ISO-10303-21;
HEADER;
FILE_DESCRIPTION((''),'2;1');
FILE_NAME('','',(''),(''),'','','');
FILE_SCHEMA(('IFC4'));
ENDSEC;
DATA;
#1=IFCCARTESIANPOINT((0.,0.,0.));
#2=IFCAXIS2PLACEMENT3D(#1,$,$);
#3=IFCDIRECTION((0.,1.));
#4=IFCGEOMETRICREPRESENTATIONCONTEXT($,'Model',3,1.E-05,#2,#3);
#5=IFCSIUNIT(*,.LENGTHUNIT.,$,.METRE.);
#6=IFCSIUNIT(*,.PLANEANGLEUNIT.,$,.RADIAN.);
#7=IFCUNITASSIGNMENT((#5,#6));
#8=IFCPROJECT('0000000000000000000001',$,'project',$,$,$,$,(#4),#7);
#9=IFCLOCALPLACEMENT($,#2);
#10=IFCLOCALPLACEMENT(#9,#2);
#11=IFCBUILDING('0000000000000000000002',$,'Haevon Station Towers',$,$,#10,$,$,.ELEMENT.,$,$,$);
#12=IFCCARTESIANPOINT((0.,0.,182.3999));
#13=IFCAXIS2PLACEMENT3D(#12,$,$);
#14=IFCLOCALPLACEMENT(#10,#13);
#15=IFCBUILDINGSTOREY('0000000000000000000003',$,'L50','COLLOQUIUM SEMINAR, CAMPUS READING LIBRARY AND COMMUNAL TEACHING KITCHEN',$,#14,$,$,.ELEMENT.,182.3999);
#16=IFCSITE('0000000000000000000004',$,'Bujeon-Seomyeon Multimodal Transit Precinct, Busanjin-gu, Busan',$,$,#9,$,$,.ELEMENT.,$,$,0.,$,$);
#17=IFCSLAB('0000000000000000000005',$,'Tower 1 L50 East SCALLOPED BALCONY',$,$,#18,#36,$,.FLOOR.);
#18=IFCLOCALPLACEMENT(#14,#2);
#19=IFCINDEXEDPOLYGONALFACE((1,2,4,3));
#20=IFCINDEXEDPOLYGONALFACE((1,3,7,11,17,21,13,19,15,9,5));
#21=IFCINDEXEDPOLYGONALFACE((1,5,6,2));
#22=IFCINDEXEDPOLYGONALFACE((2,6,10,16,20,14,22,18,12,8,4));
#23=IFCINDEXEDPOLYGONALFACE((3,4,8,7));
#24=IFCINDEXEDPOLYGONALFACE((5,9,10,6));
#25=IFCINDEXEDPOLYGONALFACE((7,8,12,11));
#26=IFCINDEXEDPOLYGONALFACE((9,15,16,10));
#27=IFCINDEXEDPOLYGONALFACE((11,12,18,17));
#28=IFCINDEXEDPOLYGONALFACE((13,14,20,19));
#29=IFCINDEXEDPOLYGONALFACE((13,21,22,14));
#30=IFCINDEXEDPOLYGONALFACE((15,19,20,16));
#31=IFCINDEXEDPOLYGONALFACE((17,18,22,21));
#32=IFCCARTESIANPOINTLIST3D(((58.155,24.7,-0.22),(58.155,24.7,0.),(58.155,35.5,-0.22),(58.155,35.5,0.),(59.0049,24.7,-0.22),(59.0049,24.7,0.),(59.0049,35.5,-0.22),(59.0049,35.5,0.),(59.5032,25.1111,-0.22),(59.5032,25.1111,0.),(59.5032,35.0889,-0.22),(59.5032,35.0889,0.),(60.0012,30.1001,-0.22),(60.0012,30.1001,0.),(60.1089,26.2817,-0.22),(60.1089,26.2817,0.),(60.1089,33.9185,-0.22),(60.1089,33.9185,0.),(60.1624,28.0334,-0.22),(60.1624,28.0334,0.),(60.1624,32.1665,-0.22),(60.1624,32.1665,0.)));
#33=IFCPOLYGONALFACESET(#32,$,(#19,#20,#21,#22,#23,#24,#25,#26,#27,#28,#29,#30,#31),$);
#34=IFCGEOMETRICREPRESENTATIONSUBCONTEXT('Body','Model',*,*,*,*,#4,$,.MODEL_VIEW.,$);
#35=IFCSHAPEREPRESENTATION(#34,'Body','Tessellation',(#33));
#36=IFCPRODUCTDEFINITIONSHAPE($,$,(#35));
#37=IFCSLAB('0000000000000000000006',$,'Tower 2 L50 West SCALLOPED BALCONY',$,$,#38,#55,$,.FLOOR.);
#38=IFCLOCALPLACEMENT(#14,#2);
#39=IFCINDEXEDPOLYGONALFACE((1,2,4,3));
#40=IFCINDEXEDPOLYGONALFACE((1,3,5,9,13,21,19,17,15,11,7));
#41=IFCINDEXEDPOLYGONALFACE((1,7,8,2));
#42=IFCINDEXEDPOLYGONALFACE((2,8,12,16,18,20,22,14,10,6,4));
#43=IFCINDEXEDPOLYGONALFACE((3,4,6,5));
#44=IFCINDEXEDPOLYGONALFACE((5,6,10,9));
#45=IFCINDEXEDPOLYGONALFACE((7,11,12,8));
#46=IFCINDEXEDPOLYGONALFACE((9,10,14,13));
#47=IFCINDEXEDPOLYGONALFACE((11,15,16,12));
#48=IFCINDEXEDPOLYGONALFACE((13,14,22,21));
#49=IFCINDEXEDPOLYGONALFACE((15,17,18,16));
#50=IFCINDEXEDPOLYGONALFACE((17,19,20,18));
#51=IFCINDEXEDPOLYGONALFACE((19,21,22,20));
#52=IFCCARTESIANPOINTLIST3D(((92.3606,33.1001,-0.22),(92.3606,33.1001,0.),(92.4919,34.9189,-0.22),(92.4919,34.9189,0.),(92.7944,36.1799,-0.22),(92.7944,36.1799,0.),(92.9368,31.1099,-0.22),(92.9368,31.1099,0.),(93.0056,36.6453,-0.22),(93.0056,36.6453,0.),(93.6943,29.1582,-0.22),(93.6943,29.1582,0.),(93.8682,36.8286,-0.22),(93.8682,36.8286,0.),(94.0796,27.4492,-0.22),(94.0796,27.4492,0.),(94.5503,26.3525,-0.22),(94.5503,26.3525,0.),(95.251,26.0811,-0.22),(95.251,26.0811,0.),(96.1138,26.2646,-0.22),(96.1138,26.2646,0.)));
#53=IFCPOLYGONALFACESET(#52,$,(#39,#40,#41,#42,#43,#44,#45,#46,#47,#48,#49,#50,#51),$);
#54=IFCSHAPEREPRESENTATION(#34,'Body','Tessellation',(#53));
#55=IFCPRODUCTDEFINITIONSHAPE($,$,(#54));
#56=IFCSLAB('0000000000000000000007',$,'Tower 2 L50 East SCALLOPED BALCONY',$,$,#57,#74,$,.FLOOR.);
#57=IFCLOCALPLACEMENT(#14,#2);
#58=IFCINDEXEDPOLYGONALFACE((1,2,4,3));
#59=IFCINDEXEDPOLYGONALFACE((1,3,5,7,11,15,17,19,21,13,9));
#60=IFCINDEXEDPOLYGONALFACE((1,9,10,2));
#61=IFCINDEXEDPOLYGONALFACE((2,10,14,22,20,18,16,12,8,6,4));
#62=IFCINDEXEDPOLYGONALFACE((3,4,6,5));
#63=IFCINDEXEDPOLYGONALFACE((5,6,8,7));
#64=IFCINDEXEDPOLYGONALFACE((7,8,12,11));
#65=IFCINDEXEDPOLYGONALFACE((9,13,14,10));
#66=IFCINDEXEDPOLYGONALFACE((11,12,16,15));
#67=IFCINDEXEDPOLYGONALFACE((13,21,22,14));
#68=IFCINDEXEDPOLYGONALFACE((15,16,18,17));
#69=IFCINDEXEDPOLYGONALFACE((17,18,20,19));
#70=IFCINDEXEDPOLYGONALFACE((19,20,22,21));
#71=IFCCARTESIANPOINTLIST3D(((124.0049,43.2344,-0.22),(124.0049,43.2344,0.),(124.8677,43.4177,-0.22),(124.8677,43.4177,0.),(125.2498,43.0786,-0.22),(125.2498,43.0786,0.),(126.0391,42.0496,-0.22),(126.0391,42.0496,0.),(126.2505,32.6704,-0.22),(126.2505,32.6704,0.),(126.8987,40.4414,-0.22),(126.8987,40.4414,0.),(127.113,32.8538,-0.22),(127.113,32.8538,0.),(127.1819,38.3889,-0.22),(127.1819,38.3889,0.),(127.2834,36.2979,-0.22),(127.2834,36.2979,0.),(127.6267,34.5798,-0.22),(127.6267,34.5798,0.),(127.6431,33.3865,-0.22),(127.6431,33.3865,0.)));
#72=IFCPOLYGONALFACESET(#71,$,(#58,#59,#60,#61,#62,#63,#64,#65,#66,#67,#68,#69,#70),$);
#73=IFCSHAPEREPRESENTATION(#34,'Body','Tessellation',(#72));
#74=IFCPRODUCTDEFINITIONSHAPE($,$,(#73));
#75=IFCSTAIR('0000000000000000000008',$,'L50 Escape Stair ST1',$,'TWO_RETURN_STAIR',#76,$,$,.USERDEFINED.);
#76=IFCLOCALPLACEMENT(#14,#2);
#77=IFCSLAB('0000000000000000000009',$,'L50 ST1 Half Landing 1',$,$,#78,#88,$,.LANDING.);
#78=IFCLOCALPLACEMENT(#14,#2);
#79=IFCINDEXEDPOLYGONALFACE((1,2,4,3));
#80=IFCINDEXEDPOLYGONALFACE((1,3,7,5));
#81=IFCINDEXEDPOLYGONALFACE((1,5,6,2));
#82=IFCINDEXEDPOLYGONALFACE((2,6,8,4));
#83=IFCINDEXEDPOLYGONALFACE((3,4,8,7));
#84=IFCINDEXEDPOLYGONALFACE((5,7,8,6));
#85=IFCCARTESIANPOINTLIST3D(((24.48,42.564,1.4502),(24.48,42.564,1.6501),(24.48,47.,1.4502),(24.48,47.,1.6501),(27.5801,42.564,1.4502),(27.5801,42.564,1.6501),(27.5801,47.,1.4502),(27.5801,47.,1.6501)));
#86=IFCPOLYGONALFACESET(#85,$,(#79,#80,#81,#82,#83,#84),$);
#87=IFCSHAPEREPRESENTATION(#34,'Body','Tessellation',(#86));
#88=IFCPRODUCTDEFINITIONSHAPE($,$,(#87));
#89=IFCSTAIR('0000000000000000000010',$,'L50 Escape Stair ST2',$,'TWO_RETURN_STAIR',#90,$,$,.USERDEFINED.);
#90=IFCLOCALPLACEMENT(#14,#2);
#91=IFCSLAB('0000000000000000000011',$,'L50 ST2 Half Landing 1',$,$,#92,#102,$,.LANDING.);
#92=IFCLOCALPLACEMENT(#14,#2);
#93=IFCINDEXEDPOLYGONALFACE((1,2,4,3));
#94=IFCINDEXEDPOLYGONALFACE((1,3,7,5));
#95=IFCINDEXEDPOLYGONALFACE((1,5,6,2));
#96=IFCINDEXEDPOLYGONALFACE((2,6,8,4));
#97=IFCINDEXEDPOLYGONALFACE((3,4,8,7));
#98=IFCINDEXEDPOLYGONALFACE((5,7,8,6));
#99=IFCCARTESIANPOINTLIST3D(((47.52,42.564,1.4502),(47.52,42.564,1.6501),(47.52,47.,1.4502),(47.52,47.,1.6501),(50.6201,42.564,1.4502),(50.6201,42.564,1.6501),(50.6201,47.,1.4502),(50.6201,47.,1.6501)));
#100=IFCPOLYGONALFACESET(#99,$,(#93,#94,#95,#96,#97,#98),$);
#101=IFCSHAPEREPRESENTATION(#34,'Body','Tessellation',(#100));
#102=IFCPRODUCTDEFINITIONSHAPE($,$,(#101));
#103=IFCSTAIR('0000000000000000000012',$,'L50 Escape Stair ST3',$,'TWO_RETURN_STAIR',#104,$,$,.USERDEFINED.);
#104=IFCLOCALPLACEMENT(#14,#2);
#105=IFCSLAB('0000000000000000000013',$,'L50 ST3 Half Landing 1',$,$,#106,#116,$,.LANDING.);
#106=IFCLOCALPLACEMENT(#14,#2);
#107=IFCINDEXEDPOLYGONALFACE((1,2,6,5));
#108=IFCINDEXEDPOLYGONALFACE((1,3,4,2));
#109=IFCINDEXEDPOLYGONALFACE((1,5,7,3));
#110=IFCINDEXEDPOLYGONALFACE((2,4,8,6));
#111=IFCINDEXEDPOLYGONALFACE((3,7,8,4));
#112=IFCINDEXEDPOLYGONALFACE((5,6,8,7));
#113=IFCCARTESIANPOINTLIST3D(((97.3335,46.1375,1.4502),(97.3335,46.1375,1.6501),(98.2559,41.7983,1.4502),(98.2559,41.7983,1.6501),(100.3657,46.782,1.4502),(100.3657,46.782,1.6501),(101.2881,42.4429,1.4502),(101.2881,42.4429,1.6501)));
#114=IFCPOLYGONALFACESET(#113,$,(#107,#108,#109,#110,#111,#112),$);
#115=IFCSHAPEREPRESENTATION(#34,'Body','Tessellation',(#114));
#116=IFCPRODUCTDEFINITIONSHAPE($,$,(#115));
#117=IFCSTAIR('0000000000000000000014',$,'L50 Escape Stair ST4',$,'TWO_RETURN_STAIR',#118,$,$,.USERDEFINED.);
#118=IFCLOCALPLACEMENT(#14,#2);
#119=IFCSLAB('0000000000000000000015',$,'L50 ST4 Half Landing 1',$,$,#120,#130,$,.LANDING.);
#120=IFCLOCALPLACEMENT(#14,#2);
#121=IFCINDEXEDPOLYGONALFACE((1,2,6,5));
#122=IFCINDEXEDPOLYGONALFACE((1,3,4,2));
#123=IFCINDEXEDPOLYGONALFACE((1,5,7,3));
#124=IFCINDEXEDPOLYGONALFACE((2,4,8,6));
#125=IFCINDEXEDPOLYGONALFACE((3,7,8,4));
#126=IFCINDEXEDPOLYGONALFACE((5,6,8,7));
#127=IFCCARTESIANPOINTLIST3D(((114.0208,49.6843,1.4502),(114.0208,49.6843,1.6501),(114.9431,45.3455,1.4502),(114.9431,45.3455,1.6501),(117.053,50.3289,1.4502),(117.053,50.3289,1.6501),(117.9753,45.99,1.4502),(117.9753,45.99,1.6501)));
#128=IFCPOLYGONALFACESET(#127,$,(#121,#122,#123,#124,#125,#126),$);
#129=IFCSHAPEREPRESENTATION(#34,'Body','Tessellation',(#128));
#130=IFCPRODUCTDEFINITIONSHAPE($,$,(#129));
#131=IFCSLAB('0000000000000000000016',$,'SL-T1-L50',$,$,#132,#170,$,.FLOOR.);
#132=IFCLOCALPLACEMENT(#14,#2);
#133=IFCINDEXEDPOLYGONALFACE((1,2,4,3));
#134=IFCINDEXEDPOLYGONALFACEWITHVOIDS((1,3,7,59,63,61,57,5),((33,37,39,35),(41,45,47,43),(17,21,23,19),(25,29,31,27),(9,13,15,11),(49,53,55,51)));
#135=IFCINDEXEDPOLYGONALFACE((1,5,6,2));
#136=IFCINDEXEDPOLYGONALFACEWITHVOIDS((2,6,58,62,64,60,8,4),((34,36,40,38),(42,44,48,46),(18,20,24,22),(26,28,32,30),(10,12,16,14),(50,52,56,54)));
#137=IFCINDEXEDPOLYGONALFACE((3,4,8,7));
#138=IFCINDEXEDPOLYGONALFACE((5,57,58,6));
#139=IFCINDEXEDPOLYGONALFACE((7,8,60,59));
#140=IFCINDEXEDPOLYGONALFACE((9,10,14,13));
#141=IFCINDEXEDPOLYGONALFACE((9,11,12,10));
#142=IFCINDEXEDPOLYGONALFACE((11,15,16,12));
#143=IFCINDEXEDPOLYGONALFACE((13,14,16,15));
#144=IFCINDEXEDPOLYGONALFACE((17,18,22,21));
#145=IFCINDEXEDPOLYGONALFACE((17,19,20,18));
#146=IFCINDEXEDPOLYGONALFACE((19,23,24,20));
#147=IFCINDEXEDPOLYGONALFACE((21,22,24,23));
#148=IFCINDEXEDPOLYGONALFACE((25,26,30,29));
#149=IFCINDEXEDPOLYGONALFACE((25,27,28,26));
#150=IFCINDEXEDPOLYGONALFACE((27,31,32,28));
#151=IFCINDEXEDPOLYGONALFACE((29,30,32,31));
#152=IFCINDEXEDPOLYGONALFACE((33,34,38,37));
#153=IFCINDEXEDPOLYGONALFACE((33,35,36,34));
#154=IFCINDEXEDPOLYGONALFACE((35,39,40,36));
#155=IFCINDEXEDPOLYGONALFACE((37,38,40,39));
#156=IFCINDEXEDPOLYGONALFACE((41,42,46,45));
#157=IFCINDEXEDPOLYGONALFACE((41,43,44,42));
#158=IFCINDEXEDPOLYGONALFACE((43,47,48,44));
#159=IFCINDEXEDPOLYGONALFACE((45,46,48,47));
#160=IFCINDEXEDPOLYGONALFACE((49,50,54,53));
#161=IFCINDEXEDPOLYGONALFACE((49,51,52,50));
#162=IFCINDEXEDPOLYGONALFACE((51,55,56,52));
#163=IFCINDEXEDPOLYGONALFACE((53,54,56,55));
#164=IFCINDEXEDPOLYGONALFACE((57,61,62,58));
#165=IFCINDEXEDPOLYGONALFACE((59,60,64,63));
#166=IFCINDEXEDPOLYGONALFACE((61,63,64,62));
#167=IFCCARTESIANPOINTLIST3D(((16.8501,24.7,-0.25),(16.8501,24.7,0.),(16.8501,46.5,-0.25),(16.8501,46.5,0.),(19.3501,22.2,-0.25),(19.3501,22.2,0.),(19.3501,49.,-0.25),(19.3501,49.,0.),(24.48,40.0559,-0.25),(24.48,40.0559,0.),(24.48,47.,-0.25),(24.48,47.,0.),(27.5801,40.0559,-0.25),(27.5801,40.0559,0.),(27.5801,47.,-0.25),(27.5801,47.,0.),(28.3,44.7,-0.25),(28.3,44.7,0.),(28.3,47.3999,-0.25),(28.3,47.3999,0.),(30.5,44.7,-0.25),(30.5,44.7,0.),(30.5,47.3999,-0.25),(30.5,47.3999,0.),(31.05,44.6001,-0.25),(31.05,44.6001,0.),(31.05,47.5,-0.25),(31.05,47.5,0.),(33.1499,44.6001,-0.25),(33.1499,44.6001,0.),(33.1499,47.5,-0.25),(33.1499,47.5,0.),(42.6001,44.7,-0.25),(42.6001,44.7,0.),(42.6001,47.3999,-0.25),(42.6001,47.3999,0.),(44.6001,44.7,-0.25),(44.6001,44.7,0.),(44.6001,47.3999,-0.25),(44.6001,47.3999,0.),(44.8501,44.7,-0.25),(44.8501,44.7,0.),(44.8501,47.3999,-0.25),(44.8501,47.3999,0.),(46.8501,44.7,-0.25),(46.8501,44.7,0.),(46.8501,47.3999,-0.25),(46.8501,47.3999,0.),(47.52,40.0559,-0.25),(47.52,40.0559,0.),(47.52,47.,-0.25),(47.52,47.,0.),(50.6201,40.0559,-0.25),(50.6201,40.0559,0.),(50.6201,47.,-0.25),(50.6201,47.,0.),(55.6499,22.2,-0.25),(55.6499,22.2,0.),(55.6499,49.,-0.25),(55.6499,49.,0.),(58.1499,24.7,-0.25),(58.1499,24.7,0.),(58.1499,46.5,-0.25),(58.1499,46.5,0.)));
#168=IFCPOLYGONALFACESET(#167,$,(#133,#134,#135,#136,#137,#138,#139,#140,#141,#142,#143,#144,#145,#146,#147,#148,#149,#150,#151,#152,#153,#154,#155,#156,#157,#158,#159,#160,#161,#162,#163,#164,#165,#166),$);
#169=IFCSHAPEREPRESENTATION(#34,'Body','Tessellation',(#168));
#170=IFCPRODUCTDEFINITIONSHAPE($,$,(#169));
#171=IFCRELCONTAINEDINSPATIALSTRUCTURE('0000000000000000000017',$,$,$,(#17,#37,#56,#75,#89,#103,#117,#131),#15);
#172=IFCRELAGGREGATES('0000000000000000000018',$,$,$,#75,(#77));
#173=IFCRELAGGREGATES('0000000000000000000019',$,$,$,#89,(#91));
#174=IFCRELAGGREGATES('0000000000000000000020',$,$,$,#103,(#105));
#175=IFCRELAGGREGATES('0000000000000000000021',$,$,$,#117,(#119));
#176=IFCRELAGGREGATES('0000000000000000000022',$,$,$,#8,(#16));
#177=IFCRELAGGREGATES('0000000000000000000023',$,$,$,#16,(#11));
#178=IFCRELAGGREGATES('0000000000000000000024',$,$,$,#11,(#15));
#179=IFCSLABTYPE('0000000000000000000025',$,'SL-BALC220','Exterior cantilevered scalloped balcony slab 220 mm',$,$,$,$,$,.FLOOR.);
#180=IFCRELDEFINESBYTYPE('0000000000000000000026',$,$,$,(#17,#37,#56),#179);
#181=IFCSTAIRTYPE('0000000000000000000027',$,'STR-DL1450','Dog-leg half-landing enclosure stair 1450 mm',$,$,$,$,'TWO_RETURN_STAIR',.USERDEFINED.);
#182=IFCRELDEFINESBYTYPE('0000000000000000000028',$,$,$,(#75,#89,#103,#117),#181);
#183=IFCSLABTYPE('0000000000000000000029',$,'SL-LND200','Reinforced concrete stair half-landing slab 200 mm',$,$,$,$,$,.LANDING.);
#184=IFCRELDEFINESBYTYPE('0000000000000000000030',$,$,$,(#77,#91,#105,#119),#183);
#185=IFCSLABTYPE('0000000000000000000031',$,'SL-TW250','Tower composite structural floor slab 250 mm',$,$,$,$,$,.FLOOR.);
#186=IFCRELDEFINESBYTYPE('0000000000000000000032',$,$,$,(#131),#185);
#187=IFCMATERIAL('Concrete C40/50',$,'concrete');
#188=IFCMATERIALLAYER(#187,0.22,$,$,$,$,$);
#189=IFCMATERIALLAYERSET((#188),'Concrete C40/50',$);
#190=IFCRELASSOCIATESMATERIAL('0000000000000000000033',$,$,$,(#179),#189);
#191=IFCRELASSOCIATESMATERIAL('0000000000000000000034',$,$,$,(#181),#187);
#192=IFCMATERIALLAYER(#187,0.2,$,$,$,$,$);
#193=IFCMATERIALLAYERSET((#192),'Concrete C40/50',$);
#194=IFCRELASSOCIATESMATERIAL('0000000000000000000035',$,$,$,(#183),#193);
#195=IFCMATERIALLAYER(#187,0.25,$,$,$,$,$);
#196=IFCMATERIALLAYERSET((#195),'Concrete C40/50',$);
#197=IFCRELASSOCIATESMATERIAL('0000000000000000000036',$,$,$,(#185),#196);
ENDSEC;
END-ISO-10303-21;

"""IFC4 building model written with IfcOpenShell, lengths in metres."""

from ifc_helpers import new_model, si_unit, direction, frame, origin, place, context, subcontext, project, spatial, polyline, outline, extrude, material, layer, layer_set, type_object, element, aggregate, save


model = new_model("IFC4")

# Units and contexts
model_context = context("Model", 3, precision=1e-05, world=origin(), true_north=direction((0.0, 1.0)))
body_context = subcontext(model_context, "Body", "Model", "MODEL_VIEW")
ifc_project = project(units=[si_unit("LENGTHUNIT", "METRE"), si_unit("PLANEANGLEUNIT", "RADIAN")], contexts=[model_context])

# Site, building, storey
site_placement = place(None, origin())
site = spatial("IfcSite", under=ifc_project, at=site_placement, Name="Bujeon-Seomyeon Multimodal Transit Precinct, Busanjin-gu, Busan", CompositionType="ELEMENT", RefElevation=0.0)
building_placement = place(site_placement, origin())
building = spatial("IfcBuilding", under=site, at=building_placement, Name="Haevon Station Towers", CompositionType="ELEMENT")
storey_placement = place(building_placement, frame((0.0, 0.0, 182.3999)))
storey = spatial("IfcBuildingStorey", under=building, at=storey_placement, Name="L50", Description="COLLOQUIUM SEMINAR, CAMPUS READING LIBRARY AND COMMUNAL TEACHING KITCHEN", CompositionType="ELEMENT", Elevation=182.3999)

# Slabs
ifc_material_1 = material(Name="Concrete C40/50", Category="concrete")
ifc_layer_1 = layer(ifc_material_1, 0.22)
ifc_layer_set_1 = layer_set([ifc_layer_1], Name="Concrete C40/50")
slab_type_1 = type_object("IfcSlabType", Name="SL-BALC220", Description="Exterior cantilevered scalloped balcony slab 220 mm", PredefinedType="FLOOR", material=ifc_layer_set_1)
slab_1_placement = place(storey_placement, frame((0.0, 0.0, -0.22)))
element("IfcSlab", 1, at=slab_1_placement, inside=storey, type_object=slab_type_1, Name="Tower 1 L50 East SCALLOPED BALCONY", PredefinedType="FLOOR", context=body_context, shape_type="SweptSolid", body=[
    extrude(outline(polyline([(58.155, 24.7), (59.0049, 24.7), (59.5032, 25.1111), (60.1089, 26.2817), (60.1624, 28.0334), (60.0012, 30.1001), (60.1624, 32.1665), (60.1089, 33.9185), (59.5032, 35.0889), (59.0049, 35.5), (58.155, 35.5), (58.155, 24.7)])), origin(), (0.0, 0.0, 1.0), 0.22),
])
slab_2_placement = place(storey_placement, frame((0.0, 0.0, -0.22)))
element("IfcSlab", 2, at=slab_2_placement, inside=storey, type_object=slab_type_1, Name="Tower 2 L50 West SCALLOPED BALCONY", PredefinedType="FLOOR", context=body_context, shape_type="SweptSolid", body=[
    extrude(outline(polyline([(93.8682, 36.8286), (93.0056, 36.6453), (92.7944, 36.1799), (92.4919, 34.9189), (92.3606, 33.1001), (92.9368, 31.1099), (93.6943, 29.1582), (94.0796, 27.4492), (94.5503, 26.3525), (95.251, 26.0811), (96.1138, 26.2646), (93.8682, 36.8286)])), origin(), (0.0, 0.0, 1.0), 0.22),
])
slab_3_placement = place(storey_placement, frame((0.0, 0.0, -0.22)))
element("IfcSlab", 3, at=slab_3_placement, inside=storey, type_object=slab_type_1, Name="Tower 2 L50 East SCALLOPED BALCONY", PredefinedType="FLOOR", context=body_context, shape_type="SweptSolid", body=[
    extrude(outline(polyline([(126.2505, 32.6704), (127.113, 32.8538), (127.6431, 33.3865), (127.6267, 34.5798), (127.2834, 36.2979), (127.1819, 38.3889), (126.8987, 40.4414), (126.0391, 42.0496), (125.2498, 43.0786), (124.8677, 43.4177), (124.0049, 43.2344), (126.2505, 32.6704)])), origin(), (0.0, 0.0, 1.0), 0.22),
])

# Stairs, slabs
stair_type = type_object("IfcStairType", Name="STR-DL1450", Description="Dog-leg half-landing enclosure stair 1450 mm", ElementType="TWO_RETURN_STAIR", PredefinedType="USERDEFINED", material=ifc_material_1)
stair_1_placement = place(storey_placement, origin())
stair_1 = element("IfcStair", 4, at=stair_1_placement, inside=storey, type_object=stair_type, Name="L50 Escape Stair ST1", ObjectType="TWO_RETURN_STAIR", PredefinedType="USERDEFINED")
ifc_layer_2 = layer(ifc_material_1, 0.2)
ifc_layer_set_2 = layer_set([ifc_layer_2], Name="Concrete C40/50")
slab_type_2 = type_object("IfcSlabType", Name="SL-LND200", Description="Reinforced concrete stair half-landing slab 200 mm", PredefinedType="LANDING", material=ifc_layer_set_2)
slab_4_placement = place(storey_placement, frame((0.0, 0.0, 1.4502)))
slab_4 = element("IfcSlab", 5, at=slab_4_placement, type_object=slab_type_2, Name="L50 ST1 Half Landing 1", PredefinedType="LANDING", context=body_context, shape_type="SweptSolid", body=[
    extrude(outline(polyline([(27.5801, 42.564), (27.5801, 47.0), (24.48, 47.0), (24.48, 42.564), (27.5801, 42.564)])), origin(), (0.0, 0.0, 1.0), 0.2),
])
aggregate(stair_1, [slab_4])
stair_2_placement = place(storey_placement, origin())
stair_2 = element("IfcStair", 6, at=stair_2_placement, inside=storey, type_object=stair_type, Name="L50 Escape Stair ST2", ObjectType="TWO_RETURN_STAIR", PredefinedType="USERDEFINED")
slab_5_placement = place(storey_placement, frame((0.0, 0.0, 1.4502)))
slab_5 = element("IfcSlab", 7, at=slab_5_placement, type_object=slab_type_2, Name="L50 ST2 Half Landing 1", PredefinedType="LANDING", context=body_context, shape_type="SweptSolid", body=[
    extrude(outline(polyline([(50.6201, 42.564), (50.6201, 47.0), (47.52, 47.0), (47.52, 42.564), (50.6201, 42.564)])), origin(), (0.0, 0.0, 1.0), 0.2),
])
aggregate(stair_2, [slab_5])
stair_3_placement = place(storey_placement, origin())
stair_3 = element("IfcStair", 8, at=stair_3_placement, inside=storey, type_object=stair_type, Name="L50 Escape Stair ST3", ObjectType="TWO_RETURN_STAIR", PredefinedType="USERDEFINED")
slab_6_placement = place(storey_placement, frame((0.0, 0.0, 1.4502)))
slab_6 = element("IfcSlab", 9, at=slab_6_placement, type_object=slab_type_2, Name="L50 ST3 Half Landing 1", PredefinedType="LANDING", context=body_context, shape_type="SweptSolid", body=[
    extrude(outline(polyline([(101.2881, 42.4429), (100.3657, 46.782), (97.3335, 46.1375), (98.2559, 41.7983), (101.2881, 42.4429)])), origin(), (0.0, 0.0, 1.0), 0.2),
])
aggregate(stair_3, [slab_6])
stair_4_placement = place(storey_placement, origin())
stair_4 = element("IfcStair", 10, at=stair_4_placement, inside=storey, type_object=stair_type, Name="L50 Escape Stair ST4", ObjectType="TWO_RETURN_STAIR", PredefinedType="USERDEFINED")
slab_7_placement = place(storey_placement, frame((0.0, 0.0, 1.4502)))
slab_7 = element("IfcSlab", 11, at=slab_7_placement, type_object=slab_type_2, Name="L50 ST4 Half Landing 1", PredefinedType="LANDING", context=body_context, shape_type="SweptSolid", body=[
    extrude(outline(polyline([(117.9753, 45.99), (117.053, 50.3289), (114.0208, 49.6843), (114.9431, 45.3455), (117.9753, 45.99)])), origin(), (0.0, 0.0, 1.0), 0.2),
])
aggregate(stair_4, [slab_7])

# Slab
ifc_layer_3 = layer(ifc_material_1, 0.25)
ifc_layer_set_3 = layer_set([ifc_layer_3], Name="Concrete C40/50")
slab_type_3 = type_object("IfcSlabType", Name="SL-TW250", Description="Tower composite structural floor slab 250 mm", PredefinedType="FLOOR", material=ifc_layer_set_3)
slab_8_placement = place(storey_placement, frame((0.0, 0.0, -0.25)))
element("IfcSlab", 12, at=slab_8_placement, inside=storey, type_object=slab_type_3, Name="SL-T1-L50", PredefinedType="FLOOR", context=body_context, shape_type="SweptSolid", body=[
    extrude(outline(polyline([(19.3501, 22.2), (55.6499, 22.2), (58.1499, 24.7), (58.1499, 46.5), (55.6499, 49.0), (19.3501, 49.0), (16.8501, 46.5), (16.8501, 24.7), (19.3501, 22.2)]), holes=[polyline([(27.5801, 40.0559), (27.5801, 47.0), (24.48, 47.0), (24.48, 40.0559), (27.5801, 40.0559)]), polyline([(50.6201, 40.0559), (50.6201, 47.0), (47.52, 47.0), (47.52, 40.0559), (50.6201, 40.0559)]), polyline([(28.3, 44.7), (30.5, 44.7), (30.5, 47.3999), (28.3, 47.3999), (28.3, 44.7)]), polyline([(31.05, 44.6001), (33.1499, 44.6001), (33.1499, 47.5), (31.05, 47.5), (31.05, 44.6001)]), polyline([(42.6001, 44.7), (44.6001, 44.7), (44.6001, 47.3999), (42.6001, 47.3999), (42.6001, 44.7)]), polyline([(44.8501, 44.7), (46.8501, 44.7), (46.8501, 47.3999), (44.8501, 47.3999), (44.8501, 44.7)])]), origin(), (0.0, 0.0, 1.0), 0.25),
])

save(model, "model.ifc")
